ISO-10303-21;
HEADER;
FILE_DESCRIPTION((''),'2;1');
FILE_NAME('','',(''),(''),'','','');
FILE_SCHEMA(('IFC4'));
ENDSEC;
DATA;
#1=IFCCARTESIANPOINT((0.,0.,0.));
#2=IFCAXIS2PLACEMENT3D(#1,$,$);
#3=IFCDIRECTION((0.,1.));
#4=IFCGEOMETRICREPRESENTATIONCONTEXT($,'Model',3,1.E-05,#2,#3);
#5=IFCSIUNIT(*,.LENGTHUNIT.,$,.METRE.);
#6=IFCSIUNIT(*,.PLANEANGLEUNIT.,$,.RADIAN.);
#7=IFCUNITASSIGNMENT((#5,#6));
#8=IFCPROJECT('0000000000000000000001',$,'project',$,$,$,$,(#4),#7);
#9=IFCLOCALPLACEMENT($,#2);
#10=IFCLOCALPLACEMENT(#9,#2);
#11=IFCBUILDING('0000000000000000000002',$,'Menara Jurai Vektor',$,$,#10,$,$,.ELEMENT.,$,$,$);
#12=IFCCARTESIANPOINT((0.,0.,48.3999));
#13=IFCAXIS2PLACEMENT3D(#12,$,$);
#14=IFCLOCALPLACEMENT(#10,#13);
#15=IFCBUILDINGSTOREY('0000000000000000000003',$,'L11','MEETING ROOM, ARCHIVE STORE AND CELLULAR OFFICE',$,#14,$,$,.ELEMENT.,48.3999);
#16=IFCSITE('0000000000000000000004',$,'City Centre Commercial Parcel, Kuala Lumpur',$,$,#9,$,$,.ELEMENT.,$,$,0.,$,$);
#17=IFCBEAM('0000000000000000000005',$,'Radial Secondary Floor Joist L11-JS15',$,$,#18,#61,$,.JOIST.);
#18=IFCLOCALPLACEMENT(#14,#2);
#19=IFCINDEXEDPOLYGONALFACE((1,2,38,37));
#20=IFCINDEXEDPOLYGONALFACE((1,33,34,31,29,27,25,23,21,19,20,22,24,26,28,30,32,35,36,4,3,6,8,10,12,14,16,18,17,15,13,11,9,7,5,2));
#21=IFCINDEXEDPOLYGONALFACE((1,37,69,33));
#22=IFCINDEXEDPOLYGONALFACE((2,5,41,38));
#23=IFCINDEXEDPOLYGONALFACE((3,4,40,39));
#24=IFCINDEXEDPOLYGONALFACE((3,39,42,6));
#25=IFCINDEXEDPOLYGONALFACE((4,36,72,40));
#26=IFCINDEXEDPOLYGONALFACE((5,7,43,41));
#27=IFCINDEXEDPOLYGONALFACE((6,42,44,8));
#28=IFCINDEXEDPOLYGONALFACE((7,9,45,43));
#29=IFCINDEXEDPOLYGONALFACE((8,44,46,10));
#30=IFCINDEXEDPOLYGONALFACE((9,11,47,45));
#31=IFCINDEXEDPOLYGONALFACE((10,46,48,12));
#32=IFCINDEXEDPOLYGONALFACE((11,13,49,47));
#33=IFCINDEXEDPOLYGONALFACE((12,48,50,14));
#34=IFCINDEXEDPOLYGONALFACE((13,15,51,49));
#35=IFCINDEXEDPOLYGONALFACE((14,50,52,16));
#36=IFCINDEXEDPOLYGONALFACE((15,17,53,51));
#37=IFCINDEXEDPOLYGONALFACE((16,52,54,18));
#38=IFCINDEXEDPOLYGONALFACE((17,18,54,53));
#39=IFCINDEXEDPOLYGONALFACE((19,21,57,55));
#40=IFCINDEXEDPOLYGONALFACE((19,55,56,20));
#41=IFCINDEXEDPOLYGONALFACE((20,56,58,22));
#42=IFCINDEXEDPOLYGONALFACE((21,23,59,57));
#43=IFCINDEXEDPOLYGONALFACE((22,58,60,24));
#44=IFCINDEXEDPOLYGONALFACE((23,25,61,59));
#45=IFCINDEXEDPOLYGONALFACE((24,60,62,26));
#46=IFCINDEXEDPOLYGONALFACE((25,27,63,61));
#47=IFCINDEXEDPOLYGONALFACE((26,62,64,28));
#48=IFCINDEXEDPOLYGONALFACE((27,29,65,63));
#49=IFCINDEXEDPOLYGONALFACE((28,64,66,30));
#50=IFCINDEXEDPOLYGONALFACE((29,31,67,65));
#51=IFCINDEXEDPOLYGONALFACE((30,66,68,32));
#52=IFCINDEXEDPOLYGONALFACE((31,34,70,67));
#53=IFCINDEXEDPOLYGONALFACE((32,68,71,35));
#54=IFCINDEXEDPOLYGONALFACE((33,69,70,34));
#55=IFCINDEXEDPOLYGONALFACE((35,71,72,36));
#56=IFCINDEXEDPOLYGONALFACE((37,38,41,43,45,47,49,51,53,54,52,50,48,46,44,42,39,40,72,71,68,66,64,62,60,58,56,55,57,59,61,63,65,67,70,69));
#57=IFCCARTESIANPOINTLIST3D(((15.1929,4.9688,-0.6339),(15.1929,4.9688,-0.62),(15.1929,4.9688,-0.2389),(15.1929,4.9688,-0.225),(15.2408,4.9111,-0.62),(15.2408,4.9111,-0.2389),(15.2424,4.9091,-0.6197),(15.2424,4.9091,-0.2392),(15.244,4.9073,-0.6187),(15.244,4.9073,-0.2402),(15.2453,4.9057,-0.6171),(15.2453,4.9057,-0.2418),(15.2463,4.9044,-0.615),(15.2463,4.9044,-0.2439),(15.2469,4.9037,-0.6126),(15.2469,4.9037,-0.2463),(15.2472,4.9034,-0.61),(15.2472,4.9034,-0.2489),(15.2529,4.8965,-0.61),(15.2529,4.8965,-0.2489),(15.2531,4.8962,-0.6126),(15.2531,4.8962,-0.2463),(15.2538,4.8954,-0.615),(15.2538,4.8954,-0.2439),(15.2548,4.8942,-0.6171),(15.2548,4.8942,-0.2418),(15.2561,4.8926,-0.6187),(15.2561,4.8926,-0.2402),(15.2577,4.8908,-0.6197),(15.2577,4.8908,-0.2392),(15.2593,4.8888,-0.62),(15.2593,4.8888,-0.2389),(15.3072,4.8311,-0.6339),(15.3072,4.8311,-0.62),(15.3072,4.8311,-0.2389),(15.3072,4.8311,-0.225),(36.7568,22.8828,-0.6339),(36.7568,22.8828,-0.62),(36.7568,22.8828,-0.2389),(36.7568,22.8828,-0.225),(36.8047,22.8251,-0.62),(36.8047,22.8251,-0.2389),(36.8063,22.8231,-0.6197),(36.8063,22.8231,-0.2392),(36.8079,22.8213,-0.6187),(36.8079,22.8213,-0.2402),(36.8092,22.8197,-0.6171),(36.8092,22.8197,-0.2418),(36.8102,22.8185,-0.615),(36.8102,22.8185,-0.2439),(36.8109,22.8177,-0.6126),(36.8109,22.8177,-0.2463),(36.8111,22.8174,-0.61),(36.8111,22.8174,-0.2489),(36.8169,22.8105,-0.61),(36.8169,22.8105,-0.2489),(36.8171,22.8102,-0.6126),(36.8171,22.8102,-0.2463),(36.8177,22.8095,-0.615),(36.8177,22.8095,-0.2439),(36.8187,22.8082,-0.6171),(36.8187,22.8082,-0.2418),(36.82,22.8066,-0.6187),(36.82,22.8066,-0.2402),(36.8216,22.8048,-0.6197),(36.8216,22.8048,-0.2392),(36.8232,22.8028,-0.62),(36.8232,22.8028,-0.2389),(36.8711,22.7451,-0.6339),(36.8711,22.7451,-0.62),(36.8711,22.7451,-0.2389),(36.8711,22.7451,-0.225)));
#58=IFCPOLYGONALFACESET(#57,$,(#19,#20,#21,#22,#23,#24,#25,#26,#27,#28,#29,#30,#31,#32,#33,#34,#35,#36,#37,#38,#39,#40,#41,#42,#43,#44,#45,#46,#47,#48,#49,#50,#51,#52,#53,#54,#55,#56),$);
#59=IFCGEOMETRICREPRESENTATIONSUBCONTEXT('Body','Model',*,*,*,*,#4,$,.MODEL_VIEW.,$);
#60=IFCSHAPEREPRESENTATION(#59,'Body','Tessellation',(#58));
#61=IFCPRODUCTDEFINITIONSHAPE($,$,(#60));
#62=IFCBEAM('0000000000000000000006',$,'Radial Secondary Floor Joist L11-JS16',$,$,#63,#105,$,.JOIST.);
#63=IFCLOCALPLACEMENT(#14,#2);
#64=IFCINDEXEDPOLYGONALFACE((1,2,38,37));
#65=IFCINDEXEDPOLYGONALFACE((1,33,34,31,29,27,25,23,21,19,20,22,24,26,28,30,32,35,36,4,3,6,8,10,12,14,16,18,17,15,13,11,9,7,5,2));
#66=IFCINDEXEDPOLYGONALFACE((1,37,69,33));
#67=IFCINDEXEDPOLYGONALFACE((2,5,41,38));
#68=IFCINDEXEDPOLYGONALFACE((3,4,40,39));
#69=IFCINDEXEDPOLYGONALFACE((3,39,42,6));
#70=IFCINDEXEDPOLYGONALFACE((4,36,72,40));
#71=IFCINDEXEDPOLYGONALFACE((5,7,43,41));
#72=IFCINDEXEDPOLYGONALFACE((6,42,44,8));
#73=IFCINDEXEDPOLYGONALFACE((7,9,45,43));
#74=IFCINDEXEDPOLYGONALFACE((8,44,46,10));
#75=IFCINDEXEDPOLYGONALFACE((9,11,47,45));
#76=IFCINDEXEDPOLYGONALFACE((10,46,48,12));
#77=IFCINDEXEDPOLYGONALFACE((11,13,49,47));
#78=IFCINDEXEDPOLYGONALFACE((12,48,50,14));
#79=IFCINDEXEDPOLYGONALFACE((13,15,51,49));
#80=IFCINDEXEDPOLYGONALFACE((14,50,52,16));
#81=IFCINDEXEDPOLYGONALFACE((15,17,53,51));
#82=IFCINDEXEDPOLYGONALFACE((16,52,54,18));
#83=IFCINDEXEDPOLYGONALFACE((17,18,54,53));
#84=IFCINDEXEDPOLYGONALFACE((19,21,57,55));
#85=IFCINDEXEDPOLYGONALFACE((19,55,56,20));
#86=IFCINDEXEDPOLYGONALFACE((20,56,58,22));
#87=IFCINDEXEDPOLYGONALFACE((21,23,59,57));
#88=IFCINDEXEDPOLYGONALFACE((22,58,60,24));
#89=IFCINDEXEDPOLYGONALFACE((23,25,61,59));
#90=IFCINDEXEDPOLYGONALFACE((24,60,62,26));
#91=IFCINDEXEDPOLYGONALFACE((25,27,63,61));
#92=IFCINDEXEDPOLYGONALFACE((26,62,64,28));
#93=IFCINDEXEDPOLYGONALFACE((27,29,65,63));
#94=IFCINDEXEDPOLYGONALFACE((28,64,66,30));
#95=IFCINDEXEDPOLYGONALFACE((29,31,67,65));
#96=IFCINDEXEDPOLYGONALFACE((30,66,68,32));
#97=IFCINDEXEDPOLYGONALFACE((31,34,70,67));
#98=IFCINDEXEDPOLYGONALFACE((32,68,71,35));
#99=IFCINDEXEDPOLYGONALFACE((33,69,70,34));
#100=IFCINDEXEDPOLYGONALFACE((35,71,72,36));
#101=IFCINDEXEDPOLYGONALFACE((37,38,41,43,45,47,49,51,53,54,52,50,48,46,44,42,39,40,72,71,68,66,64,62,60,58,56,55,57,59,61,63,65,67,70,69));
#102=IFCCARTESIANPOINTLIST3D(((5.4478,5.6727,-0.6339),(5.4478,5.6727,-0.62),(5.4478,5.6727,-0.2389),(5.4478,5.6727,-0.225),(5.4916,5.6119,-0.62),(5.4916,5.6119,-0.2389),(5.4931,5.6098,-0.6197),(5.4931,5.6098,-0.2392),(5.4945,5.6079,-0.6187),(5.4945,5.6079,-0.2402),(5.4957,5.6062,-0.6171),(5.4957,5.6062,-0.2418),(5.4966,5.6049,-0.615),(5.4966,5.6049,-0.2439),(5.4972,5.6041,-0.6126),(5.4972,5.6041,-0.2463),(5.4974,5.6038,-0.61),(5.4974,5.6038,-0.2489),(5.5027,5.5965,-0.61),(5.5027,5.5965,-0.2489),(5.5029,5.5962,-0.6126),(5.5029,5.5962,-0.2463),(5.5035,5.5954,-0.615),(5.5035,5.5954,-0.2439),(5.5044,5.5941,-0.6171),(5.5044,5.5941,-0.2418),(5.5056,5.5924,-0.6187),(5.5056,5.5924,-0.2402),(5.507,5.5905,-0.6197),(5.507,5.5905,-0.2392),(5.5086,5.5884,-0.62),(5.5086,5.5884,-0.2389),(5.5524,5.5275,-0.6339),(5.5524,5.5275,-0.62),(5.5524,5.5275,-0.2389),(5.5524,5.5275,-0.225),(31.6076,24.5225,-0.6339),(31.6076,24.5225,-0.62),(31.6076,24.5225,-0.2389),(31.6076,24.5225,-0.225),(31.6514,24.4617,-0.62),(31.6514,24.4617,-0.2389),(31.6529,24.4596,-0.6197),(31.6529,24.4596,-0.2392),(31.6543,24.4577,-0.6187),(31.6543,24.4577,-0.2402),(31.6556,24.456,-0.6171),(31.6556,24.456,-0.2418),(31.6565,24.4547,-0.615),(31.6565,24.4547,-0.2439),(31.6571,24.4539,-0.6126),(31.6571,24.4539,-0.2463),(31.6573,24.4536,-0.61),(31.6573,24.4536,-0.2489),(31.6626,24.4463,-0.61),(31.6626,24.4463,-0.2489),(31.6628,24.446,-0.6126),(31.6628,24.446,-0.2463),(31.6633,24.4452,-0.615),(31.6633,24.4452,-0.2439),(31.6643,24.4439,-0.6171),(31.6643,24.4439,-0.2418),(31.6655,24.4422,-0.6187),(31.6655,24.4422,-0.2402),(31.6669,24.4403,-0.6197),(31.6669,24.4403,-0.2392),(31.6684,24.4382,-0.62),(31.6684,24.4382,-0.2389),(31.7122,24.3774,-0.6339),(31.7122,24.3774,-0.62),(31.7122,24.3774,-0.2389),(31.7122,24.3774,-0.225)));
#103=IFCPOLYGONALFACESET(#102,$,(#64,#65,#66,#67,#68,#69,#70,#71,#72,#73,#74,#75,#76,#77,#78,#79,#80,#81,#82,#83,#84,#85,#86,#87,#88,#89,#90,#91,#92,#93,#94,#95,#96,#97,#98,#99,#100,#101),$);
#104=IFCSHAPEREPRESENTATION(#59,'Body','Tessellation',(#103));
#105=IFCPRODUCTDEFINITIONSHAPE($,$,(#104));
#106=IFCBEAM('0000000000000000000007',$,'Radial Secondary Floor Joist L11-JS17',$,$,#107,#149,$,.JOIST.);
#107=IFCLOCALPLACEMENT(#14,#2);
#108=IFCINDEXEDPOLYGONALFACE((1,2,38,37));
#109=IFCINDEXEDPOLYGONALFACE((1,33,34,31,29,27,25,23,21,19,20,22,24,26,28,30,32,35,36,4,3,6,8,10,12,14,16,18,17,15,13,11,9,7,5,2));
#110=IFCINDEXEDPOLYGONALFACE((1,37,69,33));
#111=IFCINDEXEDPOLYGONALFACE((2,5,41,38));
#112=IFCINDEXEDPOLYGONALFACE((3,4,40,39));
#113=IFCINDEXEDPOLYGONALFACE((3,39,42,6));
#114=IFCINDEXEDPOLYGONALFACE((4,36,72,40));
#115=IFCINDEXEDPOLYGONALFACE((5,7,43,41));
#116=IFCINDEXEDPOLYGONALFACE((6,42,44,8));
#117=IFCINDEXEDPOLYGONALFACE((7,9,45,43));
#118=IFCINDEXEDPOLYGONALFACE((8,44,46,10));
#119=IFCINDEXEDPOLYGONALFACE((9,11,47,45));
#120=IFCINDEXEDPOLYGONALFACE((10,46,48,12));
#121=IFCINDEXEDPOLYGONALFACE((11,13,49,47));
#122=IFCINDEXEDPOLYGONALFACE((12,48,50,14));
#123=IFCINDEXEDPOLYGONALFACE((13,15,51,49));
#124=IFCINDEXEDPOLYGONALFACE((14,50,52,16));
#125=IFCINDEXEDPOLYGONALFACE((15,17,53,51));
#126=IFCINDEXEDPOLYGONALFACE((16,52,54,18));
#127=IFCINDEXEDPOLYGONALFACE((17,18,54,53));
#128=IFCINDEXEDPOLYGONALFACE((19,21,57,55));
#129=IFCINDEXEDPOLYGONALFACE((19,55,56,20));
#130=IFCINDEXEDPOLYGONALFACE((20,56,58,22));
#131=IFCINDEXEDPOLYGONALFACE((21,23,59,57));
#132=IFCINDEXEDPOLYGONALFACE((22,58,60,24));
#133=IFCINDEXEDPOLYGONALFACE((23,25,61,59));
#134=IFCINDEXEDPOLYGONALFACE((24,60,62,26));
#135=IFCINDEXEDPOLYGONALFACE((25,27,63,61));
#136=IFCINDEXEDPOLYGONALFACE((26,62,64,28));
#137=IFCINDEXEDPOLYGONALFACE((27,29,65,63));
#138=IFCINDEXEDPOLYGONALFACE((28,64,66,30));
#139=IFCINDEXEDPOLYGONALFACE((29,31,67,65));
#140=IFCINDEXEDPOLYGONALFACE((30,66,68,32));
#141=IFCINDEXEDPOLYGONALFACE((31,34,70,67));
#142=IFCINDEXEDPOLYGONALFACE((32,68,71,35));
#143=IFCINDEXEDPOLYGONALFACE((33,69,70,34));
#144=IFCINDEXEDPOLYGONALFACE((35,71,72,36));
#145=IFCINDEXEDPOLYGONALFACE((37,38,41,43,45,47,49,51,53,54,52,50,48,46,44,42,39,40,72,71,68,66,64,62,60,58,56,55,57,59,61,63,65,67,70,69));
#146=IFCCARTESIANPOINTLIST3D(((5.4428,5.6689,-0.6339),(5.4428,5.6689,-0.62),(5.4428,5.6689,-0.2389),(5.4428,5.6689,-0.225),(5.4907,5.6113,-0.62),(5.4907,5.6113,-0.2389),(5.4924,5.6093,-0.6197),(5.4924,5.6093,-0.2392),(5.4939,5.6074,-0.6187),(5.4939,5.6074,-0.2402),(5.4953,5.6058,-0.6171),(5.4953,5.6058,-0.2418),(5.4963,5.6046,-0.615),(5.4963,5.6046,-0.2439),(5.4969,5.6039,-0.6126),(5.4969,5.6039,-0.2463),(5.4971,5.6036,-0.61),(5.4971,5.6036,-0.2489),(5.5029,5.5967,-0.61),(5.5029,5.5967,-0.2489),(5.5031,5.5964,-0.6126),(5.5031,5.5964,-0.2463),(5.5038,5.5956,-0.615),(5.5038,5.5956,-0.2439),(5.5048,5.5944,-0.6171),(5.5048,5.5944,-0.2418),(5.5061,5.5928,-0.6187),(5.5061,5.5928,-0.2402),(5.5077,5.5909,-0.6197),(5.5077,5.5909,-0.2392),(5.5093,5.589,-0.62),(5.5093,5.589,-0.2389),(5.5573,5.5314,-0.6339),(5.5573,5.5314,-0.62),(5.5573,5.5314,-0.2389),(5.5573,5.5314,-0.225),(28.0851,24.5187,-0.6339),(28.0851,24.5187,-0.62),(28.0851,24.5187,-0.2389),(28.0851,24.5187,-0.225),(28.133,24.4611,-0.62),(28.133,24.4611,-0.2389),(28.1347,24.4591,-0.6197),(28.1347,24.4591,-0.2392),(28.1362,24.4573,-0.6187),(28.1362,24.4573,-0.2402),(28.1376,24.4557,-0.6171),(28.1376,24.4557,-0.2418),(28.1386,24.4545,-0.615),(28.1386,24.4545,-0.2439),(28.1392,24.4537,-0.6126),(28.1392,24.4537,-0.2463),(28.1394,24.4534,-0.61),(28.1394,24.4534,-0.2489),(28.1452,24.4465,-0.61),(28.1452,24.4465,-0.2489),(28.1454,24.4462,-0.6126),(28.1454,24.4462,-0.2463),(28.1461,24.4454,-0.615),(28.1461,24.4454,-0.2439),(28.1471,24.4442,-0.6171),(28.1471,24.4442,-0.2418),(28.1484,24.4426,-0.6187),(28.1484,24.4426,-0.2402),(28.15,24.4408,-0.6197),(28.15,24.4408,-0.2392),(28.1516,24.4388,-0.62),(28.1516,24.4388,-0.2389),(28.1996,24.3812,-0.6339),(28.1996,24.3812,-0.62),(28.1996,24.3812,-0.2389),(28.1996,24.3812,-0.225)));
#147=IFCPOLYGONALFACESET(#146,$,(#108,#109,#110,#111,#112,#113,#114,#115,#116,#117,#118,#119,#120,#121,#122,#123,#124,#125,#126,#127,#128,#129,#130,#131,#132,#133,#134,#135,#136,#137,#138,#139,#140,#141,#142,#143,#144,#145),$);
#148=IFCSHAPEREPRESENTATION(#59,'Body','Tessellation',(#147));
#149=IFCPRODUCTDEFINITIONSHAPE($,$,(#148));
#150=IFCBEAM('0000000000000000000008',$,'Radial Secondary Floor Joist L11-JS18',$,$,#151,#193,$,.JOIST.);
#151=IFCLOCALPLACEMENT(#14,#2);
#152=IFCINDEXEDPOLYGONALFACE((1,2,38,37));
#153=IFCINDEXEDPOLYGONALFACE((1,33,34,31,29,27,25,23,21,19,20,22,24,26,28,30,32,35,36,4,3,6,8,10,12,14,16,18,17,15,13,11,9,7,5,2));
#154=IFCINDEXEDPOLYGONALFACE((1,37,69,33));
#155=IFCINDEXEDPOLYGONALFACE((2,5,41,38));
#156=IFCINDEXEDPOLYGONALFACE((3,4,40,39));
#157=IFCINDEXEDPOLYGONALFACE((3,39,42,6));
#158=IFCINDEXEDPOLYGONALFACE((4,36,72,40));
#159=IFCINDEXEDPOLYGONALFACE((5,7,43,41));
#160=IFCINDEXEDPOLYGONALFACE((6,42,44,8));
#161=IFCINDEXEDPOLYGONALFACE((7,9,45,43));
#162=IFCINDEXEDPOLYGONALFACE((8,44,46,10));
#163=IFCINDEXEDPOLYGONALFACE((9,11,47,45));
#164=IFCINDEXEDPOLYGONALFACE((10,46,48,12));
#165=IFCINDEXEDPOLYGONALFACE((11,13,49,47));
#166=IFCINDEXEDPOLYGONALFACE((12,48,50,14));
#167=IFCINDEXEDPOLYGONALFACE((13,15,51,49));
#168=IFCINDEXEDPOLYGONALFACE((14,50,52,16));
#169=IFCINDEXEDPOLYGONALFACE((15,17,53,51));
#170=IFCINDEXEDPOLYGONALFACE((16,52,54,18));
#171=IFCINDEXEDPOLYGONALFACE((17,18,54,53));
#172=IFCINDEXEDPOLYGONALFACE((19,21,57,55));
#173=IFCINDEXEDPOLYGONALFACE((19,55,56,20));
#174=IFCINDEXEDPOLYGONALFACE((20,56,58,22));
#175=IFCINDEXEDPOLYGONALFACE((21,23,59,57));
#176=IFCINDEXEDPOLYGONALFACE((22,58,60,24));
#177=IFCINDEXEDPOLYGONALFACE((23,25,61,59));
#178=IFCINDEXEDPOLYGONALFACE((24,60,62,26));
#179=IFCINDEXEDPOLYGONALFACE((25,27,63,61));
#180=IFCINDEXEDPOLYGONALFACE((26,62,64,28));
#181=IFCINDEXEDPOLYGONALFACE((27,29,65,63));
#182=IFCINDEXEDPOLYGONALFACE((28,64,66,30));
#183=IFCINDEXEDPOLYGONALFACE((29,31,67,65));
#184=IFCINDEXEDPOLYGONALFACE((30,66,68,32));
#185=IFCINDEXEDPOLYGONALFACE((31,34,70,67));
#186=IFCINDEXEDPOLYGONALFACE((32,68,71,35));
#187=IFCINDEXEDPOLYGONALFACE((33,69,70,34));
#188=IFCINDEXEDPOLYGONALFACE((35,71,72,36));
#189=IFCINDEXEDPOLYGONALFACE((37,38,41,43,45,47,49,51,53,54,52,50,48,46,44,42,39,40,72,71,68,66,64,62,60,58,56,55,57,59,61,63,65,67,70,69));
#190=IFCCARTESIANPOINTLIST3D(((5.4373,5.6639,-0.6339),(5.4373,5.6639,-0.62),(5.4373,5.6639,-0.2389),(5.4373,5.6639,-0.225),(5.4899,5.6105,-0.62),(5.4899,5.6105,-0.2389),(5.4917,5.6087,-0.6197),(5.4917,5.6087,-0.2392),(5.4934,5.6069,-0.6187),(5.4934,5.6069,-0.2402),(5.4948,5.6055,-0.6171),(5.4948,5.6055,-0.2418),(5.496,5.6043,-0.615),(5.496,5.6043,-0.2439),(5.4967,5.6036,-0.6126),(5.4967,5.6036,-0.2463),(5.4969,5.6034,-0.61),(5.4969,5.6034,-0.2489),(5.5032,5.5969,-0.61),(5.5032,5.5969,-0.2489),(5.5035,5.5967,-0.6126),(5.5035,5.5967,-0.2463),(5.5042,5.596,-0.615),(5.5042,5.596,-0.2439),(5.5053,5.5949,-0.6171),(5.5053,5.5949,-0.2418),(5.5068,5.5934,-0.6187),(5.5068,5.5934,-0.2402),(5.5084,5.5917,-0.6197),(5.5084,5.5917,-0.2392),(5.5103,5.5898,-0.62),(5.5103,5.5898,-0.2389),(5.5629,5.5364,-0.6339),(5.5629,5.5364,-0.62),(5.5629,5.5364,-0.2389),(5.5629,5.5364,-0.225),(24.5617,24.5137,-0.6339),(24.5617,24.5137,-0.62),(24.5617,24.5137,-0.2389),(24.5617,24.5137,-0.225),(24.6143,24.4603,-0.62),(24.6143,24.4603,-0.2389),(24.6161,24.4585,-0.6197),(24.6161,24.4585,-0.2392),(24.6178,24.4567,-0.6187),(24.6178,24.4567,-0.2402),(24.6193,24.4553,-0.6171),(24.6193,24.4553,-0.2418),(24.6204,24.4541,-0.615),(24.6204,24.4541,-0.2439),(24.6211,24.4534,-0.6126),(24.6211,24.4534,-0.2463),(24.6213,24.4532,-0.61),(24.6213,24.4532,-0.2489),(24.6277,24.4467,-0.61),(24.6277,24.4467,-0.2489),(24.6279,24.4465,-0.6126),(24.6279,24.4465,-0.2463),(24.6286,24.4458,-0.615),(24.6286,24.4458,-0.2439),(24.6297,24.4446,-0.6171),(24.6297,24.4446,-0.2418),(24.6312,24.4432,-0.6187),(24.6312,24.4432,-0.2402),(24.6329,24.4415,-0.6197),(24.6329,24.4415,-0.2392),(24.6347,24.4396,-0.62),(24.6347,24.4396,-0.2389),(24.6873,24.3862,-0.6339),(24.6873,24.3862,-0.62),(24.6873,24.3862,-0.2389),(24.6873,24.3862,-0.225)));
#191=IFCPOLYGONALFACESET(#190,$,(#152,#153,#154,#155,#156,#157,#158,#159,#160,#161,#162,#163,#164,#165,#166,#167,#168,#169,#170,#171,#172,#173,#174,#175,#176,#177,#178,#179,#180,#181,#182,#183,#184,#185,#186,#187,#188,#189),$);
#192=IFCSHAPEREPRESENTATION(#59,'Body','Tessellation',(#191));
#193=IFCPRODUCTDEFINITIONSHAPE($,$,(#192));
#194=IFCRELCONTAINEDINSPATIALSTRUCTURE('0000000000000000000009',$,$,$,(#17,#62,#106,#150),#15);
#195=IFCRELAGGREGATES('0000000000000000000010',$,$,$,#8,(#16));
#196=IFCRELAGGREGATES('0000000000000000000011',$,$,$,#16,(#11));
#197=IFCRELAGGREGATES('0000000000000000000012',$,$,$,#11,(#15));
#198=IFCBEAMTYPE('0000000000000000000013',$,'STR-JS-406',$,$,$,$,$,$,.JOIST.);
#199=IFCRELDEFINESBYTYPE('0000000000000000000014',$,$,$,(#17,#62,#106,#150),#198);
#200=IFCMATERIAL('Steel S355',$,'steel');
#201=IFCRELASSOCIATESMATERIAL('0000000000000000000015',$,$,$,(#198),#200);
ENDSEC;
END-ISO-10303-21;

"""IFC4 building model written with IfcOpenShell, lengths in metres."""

from ifc_helpers import new_model, si_unit, direction, frame, origin, origin_2d, place, context, subcontext, project, spatial, i_section, extrude, material, material_profile, profile_set, type_object, element, save


model = new_model("IFC4")

# Units and contexts
model_context = context("Model", 3, precision=1e-05, world=origin(), true_north=direction((0.0, 1.0)))
body_context = subcontext(model_context, "Body", "Model", "MODEL_VIEW")
ifc_project = project(units=[si_unit("LENGTHUNIT", "METRE"), si_unit("PLANEANGLEUNIT", "RADIAN")], contexts=[model_context])

# Site, building, storey
site_placement = place(None, origin())
site = spatial("IfcSite", under=ifc_project, at=site_placement, Name="City Centre Commercial Parcel, Kuala Lumpur", CompositionType="ELEMENT", RefElevation=0.0)
building_placement = place(site_placement, origin())
building = spatial("IfcBuilding", under=site, at=building_placement, Name="Menara Jurai Vektor", CompositionType="ELEMENT")
storey_placement = place(building_placement, frame((0.0, 0.0, 48.3999)))
storey = spatial("IfcBuildingStorey", under=building, at=storey_placement, Name="L11", Description="MEETING ROOM, ARCHIVE STORE AND CELLULAR OFFICE", CompositionType="ELEMENT", Elevation=48.3999)

# Shared definitions
ifc_material_1 = material(Name="Steel S355", Category="steel")

# Beams
ifc_material_profile_1 = material_profile(ifc_material_1, i_section(OverallWidth=0.179, OverallDepth=0.4089, WebThickness=0.009, FlangeThickness=0.0139, FilletRadius=0.01, at=origin_2d()), Name="UKB 406x178x67")
ifc_profile_set_1 = profile_set([ifc_material_profile_1], Name="Steel S355")
beam_type_1 = type_object("IfcBeamType", Name="STR-JS-406", PredefinedType="JOIST", material=ifc_profile_set_1)
beam_1_placement = place(storey_placement, frame((36.814, 22.814, -0.4294), z_axis=(-0.769201, -0.639007, 0.0), x_axis=(0.639007, -0.769201, 0.0)))
element("IfcBeam", 1, at=beam_1_placement, inside=storey, type_object=beam_type_1, Name="Radial Secondary Floor Joist L11-JS15", PredefinedType="JOIST", context=body_context, shape_type="SweptSolid", body=[
    extrude(i_section(OverallWidth=0.179, OverallDepth=0.4089, WebThickness=0.009, FlangeThickness=0.0139, FilletRadius=0.01, at=origin_2d()), origin(), (0.0, 0.0, 1.0), 28.0342),
])
beam_2_placement = place(storey_placement, frame((31.6599, 24.45, -0.4294), z_axis=(-0.811318, -0.584605, 0.0), x_axis=(0.584605, -0.811318, 0.0)))
element("IfcBeam", 2, at=beam_2_placement, inside=storey, type_object=beam_type_1, Name="Radial Secondary Floor Joist L11-JS16", PredefinedType="JOIST", context=body_context, shape_type="SweptSolid", body=[
    extrude(i_section(OverallWidth=0.179, OverallDepth=0.4089, WebThickness=0.009, FlangeThickness=0.0139, FilletRadius=0.01, at=origin_2d()), origin(), (0.0, 0.0, 1.0), 32.2437),
])
beam_3_placement = place(storey_placement, frame((28.1423, 24.45, -0.4294), z_axis=(-0.768534, -0.639809, 0.0), x_axis=(0.639809, -0.768534, 0.0)))
element("IfcBeam", 3, at=beam_3_placement, inside=storey, type_object=beam_type_1, Name="Radial Secondary Floor Joist L11-JS17", PredefinedType="JOIST", context=body_context, shape_type="SweptSolid", body=[
    extrude(i_section(OverallWidth=0.179, OverallDepth=0.4089, WebThickness=0.009, FlangeThickness=0.0139, FilletRadius=0.01, at=origin_2d()), origin(), (0.0, 0.0, 1.0), 29.4617),
])
beam_4_placement = place(storey_placement, frame((24.6245, 24.45, -0.4294), z_axis=(-0.712202, -0.701974, 0.0), x_axis=(0.701974, -0.712202, 0.0)))
element("IfcBeam", 4, at=beam_4_placement, inside=storey, type_object=beam_type_1, Name="Radial Secondary Floor Joist L11-JS18", PredefinedType="JOIST", context=body_context, shape_type="SweptSolid", body=[
    extrude(i_section(OverallWidth=0.179, OverallDepth=0.4089, WebThickness=0.009, FlangeThickness=0.0139, FilletRadius=0.01, at=origin_2d()), origin(), (0.0, 0.0, 1.0), 26.8525),
])

save(model, "model.ifc")
